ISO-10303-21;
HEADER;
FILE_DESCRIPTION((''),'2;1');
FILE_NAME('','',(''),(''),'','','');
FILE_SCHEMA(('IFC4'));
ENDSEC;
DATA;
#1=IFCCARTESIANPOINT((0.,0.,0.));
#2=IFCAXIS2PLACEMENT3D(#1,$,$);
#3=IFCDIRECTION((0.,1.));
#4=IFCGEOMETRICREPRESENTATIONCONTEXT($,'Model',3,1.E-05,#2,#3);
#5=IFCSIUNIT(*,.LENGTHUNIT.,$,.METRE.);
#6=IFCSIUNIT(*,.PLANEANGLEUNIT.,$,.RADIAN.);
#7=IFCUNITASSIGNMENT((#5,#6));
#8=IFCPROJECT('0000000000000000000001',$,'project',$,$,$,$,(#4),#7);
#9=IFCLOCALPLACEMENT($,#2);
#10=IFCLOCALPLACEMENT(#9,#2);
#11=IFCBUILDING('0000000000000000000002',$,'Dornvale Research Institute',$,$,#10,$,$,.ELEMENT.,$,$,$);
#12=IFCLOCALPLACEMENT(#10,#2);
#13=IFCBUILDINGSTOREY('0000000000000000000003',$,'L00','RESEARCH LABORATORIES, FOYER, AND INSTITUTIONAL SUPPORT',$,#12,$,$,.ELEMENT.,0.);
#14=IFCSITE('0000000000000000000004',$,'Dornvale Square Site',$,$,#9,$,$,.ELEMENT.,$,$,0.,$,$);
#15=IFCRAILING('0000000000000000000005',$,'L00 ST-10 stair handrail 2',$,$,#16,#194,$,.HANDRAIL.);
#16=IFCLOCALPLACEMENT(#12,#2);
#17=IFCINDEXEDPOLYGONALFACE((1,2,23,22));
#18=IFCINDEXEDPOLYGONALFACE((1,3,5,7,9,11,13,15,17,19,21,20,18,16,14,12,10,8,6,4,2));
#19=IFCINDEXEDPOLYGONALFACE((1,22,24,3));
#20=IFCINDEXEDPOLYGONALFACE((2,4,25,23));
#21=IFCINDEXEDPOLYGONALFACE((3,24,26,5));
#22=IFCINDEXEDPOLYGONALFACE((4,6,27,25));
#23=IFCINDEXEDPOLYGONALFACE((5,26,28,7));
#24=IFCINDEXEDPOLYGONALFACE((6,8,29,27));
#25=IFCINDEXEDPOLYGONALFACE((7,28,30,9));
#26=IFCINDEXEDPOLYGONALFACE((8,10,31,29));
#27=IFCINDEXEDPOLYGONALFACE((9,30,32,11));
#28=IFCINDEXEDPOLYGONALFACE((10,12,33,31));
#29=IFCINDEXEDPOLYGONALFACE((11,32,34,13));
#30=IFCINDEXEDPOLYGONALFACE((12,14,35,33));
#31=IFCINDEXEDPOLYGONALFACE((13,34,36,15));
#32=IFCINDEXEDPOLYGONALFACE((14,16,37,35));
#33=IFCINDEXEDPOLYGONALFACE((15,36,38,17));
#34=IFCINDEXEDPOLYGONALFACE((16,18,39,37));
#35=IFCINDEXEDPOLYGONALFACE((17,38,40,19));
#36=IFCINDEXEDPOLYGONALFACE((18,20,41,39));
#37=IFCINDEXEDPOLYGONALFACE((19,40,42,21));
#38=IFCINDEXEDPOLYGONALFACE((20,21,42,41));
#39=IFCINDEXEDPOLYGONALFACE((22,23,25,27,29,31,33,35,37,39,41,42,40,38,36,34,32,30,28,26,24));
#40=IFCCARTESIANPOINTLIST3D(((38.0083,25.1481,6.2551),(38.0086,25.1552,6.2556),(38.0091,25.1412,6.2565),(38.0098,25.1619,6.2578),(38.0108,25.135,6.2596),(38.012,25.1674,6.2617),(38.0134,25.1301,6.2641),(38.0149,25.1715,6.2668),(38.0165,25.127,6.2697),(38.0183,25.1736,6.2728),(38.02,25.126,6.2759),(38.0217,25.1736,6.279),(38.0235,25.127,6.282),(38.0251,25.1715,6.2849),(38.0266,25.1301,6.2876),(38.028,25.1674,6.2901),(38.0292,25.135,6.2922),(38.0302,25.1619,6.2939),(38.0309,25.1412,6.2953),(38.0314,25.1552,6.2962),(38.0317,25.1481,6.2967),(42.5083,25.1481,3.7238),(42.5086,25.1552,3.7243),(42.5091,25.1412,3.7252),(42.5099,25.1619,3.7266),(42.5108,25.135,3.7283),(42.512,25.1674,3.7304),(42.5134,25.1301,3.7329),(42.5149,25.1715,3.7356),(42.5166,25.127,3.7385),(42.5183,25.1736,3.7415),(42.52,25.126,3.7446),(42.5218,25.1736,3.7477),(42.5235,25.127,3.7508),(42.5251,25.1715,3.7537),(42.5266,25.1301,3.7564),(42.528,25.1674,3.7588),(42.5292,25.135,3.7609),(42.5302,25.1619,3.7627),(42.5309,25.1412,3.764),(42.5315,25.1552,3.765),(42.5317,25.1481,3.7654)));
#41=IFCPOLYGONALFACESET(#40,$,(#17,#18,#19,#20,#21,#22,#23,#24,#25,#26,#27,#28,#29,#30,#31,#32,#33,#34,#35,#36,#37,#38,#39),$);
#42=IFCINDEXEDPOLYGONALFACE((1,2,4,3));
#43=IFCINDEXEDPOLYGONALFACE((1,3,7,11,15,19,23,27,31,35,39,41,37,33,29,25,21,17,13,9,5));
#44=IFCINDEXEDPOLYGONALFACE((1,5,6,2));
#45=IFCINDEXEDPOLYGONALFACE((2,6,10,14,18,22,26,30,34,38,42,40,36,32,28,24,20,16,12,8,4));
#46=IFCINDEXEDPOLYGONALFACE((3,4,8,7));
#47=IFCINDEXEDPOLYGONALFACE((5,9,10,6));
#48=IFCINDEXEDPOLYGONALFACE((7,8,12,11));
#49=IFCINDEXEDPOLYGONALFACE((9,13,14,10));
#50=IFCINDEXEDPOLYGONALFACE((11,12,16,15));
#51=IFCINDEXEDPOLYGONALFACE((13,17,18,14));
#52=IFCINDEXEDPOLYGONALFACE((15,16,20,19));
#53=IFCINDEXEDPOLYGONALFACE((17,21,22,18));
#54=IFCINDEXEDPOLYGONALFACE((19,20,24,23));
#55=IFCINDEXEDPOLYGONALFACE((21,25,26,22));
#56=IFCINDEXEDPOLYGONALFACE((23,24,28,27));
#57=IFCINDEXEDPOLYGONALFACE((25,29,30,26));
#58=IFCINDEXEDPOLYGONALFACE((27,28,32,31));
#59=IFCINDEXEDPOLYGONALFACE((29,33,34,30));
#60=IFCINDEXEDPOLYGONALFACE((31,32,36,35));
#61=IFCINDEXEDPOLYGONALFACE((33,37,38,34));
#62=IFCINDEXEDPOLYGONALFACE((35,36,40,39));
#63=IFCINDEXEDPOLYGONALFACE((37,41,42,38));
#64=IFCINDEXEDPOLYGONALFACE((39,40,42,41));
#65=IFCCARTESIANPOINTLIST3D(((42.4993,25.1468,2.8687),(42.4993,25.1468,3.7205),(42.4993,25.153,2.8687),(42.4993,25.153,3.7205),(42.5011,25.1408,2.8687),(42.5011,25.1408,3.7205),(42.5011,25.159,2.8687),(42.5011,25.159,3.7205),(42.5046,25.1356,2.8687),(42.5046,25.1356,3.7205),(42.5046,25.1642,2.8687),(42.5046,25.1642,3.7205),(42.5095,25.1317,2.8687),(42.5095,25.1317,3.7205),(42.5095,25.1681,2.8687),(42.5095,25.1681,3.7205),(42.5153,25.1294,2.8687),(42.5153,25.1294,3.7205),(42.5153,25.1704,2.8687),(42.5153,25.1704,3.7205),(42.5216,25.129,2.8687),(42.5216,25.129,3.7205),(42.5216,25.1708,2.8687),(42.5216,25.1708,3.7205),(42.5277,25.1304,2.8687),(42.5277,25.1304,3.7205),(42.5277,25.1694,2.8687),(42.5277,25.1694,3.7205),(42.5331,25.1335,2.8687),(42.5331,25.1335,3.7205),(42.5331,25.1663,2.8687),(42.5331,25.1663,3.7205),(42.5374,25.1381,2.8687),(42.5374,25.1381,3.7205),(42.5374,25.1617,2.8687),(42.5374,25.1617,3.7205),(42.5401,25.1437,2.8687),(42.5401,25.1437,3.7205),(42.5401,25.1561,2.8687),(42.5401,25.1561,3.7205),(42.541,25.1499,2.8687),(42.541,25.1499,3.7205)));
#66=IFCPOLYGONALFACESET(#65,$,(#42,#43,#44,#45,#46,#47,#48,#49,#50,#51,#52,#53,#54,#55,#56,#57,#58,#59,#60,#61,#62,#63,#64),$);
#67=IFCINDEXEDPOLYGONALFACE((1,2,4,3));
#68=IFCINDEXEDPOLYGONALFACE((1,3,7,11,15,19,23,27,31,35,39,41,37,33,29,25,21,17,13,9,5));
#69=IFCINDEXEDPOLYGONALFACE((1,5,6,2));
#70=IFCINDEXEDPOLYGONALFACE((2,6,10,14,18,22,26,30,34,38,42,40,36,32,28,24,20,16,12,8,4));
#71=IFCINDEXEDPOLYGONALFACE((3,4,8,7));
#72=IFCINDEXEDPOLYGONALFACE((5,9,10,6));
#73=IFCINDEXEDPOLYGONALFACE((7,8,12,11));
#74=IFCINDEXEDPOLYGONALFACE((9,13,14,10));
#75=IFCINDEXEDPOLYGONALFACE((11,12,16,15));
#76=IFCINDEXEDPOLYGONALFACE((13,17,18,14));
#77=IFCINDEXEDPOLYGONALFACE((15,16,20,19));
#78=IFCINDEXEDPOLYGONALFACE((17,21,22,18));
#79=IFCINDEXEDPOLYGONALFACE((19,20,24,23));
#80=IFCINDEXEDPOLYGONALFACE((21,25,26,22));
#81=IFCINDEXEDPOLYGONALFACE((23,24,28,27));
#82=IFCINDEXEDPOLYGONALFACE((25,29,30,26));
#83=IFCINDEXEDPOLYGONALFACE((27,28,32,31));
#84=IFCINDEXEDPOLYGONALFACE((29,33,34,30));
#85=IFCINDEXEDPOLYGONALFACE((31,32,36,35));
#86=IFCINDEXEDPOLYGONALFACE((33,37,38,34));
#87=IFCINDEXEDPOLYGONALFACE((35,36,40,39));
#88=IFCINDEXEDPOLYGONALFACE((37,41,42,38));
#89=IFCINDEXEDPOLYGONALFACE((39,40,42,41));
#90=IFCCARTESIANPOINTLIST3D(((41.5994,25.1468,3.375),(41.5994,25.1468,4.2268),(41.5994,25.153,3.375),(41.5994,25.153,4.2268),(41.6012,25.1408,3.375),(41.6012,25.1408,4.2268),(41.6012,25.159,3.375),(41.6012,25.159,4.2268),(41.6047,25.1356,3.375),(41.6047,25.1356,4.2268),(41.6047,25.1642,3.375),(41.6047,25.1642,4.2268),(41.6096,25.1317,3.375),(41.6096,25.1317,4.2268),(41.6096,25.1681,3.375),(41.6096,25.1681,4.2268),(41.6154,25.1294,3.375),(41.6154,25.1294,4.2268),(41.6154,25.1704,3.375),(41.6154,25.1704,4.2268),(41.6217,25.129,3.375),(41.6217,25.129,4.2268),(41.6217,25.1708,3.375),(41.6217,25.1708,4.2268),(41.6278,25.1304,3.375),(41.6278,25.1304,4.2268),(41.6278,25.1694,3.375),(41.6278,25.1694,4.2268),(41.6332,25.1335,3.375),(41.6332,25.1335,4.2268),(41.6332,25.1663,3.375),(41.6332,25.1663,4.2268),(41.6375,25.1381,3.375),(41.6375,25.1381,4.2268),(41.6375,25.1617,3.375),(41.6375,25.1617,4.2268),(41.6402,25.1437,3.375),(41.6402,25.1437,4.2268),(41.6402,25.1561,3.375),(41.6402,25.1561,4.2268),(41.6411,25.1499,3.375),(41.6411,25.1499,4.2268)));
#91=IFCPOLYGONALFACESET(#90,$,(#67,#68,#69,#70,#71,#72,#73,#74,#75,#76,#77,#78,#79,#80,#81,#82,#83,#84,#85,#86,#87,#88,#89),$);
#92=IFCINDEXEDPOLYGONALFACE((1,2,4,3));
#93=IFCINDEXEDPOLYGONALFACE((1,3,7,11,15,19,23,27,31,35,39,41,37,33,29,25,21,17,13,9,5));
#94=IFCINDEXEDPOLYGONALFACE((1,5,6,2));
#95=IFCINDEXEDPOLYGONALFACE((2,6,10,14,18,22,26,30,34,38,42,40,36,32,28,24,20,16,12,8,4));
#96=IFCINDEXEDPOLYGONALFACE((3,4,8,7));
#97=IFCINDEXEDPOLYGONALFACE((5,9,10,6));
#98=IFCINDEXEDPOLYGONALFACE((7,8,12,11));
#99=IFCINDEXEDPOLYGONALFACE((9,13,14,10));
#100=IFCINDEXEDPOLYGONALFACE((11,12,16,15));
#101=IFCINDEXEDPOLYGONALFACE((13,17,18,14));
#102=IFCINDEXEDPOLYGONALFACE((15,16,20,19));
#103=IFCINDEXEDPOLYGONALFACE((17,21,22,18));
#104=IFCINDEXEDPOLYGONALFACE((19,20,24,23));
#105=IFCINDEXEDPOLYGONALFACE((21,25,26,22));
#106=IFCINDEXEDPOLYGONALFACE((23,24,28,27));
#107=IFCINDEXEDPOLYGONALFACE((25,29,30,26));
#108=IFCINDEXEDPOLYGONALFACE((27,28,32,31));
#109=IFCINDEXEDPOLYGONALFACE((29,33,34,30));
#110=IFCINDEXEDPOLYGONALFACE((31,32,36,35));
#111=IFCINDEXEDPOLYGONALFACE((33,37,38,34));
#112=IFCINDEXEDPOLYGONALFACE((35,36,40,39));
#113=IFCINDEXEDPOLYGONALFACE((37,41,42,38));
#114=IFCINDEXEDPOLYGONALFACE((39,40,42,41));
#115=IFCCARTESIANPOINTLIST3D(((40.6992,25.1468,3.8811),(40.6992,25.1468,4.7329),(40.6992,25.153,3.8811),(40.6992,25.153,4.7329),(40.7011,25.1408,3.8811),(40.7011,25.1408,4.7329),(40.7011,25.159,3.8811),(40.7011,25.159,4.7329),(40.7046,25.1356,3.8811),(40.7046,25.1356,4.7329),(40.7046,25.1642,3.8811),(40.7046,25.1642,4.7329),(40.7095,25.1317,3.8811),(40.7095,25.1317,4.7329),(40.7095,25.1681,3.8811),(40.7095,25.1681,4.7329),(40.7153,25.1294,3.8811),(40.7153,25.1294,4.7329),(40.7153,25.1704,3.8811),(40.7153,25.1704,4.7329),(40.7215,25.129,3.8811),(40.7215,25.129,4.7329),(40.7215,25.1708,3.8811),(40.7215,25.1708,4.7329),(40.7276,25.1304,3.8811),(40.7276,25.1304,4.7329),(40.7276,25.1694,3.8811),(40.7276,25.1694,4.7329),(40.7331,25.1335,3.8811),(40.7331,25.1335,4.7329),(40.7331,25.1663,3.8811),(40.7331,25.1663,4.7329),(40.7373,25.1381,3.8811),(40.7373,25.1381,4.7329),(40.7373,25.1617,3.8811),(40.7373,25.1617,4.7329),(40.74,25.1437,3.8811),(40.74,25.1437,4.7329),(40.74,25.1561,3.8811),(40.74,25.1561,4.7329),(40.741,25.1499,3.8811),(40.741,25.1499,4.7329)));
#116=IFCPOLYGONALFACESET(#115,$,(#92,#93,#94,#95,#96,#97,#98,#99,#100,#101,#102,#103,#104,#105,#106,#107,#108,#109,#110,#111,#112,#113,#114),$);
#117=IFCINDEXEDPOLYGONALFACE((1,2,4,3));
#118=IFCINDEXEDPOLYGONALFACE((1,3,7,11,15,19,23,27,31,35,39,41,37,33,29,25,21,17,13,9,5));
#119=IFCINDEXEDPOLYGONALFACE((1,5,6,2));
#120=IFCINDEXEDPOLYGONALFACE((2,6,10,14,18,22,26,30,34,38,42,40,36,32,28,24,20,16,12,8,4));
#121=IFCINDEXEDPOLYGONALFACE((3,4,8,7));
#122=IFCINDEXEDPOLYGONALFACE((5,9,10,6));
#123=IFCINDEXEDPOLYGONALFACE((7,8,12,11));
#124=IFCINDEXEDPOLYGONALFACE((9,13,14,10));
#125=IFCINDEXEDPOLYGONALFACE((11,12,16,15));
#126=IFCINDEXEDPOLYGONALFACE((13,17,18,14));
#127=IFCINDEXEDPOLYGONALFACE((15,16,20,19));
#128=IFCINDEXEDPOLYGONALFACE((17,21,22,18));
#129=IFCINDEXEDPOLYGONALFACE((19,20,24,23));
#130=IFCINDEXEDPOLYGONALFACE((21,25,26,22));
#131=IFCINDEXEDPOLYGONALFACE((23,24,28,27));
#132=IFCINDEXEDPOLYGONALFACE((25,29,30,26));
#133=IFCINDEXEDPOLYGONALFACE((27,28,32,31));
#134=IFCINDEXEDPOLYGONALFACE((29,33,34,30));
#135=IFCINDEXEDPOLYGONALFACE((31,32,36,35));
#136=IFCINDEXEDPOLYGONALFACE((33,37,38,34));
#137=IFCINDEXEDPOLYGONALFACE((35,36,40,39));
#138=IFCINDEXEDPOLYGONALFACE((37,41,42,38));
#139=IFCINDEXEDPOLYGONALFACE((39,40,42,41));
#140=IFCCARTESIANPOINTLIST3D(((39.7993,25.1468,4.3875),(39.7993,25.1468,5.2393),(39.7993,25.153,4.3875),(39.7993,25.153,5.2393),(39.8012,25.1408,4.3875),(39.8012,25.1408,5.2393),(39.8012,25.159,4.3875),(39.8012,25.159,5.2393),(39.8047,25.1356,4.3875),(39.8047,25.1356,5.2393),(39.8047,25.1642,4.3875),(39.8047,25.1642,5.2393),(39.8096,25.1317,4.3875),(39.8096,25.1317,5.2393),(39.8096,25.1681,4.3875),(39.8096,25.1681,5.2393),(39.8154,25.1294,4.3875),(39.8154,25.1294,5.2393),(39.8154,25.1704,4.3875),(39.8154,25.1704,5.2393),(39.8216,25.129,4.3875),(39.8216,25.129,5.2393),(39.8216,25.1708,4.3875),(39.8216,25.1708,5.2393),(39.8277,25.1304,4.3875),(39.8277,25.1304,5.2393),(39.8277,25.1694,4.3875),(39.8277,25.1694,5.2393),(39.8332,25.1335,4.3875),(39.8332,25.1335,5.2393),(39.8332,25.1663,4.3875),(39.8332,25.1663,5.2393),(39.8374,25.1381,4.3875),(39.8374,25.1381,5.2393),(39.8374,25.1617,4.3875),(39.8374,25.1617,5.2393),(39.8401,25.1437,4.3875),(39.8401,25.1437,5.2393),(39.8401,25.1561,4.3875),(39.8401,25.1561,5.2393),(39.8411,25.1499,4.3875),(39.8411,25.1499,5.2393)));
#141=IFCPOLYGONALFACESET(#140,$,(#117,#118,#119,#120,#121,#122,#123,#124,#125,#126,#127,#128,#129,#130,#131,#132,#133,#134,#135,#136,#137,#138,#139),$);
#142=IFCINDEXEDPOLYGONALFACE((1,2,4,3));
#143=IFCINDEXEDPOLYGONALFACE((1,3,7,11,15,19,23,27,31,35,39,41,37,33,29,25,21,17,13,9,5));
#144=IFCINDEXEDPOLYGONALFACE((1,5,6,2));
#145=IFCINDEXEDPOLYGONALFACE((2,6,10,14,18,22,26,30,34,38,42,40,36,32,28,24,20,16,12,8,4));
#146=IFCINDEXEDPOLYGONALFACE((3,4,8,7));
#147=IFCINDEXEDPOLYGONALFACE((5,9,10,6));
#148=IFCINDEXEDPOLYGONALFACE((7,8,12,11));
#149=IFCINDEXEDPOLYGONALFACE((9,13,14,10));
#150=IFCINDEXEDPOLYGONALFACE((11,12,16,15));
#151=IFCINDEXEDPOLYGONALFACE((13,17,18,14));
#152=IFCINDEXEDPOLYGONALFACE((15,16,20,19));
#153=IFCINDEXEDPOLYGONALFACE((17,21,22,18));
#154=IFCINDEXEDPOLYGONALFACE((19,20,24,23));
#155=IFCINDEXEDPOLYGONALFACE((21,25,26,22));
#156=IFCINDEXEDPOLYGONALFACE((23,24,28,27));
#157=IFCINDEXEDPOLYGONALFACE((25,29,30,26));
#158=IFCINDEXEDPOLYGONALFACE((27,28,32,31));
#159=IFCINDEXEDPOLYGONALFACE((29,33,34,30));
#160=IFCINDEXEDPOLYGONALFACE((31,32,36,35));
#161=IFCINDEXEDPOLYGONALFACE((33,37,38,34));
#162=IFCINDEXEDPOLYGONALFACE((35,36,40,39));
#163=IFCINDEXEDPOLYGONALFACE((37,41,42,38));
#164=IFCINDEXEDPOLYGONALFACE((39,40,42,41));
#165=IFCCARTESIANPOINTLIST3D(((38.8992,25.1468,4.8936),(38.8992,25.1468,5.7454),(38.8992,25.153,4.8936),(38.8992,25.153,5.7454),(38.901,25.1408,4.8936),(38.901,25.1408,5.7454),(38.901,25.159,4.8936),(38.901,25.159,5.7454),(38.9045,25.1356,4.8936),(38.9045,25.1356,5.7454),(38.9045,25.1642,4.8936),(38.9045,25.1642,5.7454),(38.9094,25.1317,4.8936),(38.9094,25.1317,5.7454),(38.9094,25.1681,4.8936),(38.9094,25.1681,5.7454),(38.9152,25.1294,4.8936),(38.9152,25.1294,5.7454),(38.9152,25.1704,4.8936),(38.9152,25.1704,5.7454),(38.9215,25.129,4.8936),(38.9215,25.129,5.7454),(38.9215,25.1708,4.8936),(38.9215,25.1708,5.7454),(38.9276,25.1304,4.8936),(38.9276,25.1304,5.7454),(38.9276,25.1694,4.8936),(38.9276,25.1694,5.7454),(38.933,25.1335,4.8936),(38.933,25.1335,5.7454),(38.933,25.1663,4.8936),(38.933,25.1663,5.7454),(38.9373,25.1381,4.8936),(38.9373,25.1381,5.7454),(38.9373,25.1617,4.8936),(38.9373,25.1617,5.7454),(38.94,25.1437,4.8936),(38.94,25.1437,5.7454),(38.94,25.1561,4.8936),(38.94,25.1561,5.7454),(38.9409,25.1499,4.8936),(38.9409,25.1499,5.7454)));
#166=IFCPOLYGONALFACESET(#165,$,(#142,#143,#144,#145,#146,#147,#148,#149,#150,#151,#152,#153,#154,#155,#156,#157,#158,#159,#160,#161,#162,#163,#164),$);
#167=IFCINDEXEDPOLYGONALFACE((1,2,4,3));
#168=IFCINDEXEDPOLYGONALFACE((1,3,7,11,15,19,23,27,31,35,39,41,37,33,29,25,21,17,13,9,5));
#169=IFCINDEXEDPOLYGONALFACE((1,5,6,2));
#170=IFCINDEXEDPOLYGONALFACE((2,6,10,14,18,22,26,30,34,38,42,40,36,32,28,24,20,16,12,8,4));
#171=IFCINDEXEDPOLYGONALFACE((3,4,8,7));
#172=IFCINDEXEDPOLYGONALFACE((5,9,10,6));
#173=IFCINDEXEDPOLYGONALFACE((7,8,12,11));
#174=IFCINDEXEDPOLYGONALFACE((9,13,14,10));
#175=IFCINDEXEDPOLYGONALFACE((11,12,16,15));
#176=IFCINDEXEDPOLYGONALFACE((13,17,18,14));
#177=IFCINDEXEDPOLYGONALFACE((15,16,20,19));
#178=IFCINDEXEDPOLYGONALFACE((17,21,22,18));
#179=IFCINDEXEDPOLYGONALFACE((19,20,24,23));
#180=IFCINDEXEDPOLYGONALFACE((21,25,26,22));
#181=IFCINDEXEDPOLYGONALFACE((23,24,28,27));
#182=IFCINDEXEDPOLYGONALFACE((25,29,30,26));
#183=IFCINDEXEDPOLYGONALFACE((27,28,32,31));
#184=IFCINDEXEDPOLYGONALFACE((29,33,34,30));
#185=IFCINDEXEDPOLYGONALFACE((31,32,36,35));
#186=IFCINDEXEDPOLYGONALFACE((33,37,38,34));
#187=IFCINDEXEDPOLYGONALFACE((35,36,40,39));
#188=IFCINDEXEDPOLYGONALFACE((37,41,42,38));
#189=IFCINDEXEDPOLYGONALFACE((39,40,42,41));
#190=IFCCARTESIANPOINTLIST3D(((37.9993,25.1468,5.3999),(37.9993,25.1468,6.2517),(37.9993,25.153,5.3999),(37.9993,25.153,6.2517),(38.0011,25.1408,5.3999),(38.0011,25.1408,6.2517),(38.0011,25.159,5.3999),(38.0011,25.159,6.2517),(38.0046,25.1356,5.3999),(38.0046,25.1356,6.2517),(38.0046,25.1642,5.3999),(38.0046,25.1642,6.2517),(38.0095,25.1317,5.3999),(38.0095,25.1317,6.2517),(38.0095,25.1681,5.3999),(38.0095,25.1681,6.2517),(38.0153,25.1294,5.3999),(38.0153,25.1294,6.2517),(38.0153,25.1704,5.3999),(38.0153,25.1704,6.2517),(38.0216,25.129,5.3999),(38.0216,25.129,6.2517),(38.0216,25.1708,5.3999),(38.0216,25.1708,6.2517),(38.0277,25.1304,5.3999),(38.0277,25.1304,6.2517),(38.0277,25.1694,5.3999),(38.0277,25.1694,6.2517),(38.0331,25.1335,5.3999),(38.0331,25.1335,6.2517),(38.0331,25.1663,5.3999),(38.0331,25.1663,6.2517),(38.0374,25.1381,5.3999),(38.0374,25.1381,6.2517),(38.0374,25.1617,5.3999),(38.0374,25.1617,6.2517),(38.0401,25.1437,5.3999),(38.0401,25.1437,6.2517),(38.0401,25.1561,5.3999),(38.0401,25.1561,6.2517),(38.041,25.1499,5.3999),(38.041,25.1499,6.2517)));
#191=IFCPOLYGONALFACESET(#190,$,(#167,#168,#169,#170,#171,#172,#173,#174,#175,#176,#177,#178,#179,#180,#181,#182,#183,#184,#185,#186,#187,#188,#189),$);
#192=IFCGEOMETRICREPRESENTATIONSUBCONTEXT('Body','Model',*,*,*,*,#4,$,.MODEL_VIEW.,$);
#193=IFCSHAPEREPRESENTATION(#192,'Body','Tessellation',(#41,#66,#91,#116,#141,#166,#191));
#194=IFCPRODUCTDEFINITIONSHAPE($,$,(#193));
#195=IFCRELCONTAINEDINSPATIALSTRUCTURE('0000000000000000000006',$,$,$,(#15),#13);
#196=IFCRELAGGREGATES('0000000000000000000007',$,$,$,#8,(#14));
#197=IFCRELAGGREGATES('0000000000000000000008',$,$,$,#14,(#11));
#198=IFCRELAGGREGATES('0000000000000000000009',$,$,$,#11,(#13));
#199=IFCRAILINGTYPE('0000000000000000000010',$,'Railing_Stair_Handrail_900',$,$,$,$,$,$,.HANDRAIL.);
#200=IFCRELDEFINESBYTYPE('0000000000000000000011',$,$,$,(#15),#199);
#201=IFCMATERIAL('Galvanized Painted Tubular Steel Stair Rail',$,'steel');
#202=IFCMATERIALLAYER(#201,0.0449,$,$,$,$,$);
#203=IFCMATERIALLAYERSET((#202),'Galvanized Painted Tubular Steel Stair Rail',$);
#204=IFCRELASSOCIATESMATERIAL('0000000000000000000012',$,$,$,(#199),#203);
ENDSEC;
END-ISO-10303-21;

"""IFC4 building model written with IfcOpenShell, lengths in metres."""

from ifc_helpers import new_model, si_unit, direction, frame, origin, origin_2d, place, context, subcontext, project, spatial, circle, extrude, material, layer, layer_set, type_object, element, save


model = new_model("IFC4")

# Units and contexts
model_context = context("Model", 3, precision=1e-05, world=origin(), true_north=direction((0.0, 1.0)))
body_context = subcontext(model_context, "Body", "Model", "MODEL_VIEW")
ifc_project = project(units=[si_unit("LENGTHUNIT", "METRE"), si_unit("PLANEANGLEUNIT", "RADIAN")], contexts=[model_context])

# Site, building, storey
site_placement = place(None, origin())
site = spatial("IfcSite", under=ifc_project, at=site_placement, Name="Dornvale Square Site", CompositionType="ELEMENT", RefElevation=0.0)
building_placement = place(site_placement, origin())
building = spatial("IfcBuilding", under=site, at=building_placement, Name="Dornvale Research Institute", CompositionType="ELEMENT")
storey_placement = place(building_placement, origin())
storey = spatial("IfcBuildingStorey", under=building, at=storey_placement, Name="L00", Description="RESEARCH LABORATORIES, FOYER, AND INSTITUTIONAL SUPPORT", CompositionType="ELEMENT", Elevation=0.0)

# Railing
ifc_material_1 = material(Name="Galvanized Painted Tubular Steel Stair Rail", Category="steel")
ifc_layer_1 = layer(ifc_material_1, 0.0449)
ifc_layer_set_1 = layer_set([ifc_layer_1], Name="Galvanized Painted Tubular Steel Stair Rail")
railing_type_1 = type_object("IfcRailingType", Name="Railing_Stair_Handrail_900", PredefinedType="HANDRAIL", material=ifc_layer_set_1)
railing_1_placement = place(storey_placement, frame((42.52, 25.1499, 2.8687)))
element("IfcRailing", 1, at=railing_1_placement, inside=storey, type_object=railing_type_1, Name="L00 ST-10 stair handrail 2", PredefinedType="HANDRAIL", context=body_context, shape_type="SweptSolid", body=[
    extrude(circle(Radius=0.0239, at=origin_2d()), frame((0.0, 0.0, 0.876), z_axis=(-0.871576, 0.0, 0.490261), x_axis=(0.0, -1.0, 0.0)), (0.0, 0.0, 1.0), 5.1631),
    extrude(circle(Radius=0.021, at=origin_2d()), origin(), (0.0, 0.0, 1.0), 0.8518),
    extrude(circle(Radius=0.021, at=origin_2d()), frame((-0.8999, 0.0, 0.5063)), (0.0, 0.0, 1.0), 0.8518),
    extrude(circle(Radius=0.021, at=origin_2d()), frame((-1.8, 0.0, 1.0125)), (0.0, 0.0, 1.0), 0.8518),
    extrude(circle(Radius=0.021, at=origin_2d()), frame((-2.7, 0.0, 1.5188)), (0.0, 0.0, 1.0), 0.8518),
    extrude(circle(Radius=0.021, at=origin_2d()), frame((-3.6001, 0.0, 2.0249)), (0.0, 0.0, 1.0), 0.8518),
    extrude(circle(Radius=0.021, at=origin_2d()), frame((-4.5, 0.0, 2.5312)), (0.0, 0.0, 1.0), 0.8518),
])

save(model, "model.ifc")
